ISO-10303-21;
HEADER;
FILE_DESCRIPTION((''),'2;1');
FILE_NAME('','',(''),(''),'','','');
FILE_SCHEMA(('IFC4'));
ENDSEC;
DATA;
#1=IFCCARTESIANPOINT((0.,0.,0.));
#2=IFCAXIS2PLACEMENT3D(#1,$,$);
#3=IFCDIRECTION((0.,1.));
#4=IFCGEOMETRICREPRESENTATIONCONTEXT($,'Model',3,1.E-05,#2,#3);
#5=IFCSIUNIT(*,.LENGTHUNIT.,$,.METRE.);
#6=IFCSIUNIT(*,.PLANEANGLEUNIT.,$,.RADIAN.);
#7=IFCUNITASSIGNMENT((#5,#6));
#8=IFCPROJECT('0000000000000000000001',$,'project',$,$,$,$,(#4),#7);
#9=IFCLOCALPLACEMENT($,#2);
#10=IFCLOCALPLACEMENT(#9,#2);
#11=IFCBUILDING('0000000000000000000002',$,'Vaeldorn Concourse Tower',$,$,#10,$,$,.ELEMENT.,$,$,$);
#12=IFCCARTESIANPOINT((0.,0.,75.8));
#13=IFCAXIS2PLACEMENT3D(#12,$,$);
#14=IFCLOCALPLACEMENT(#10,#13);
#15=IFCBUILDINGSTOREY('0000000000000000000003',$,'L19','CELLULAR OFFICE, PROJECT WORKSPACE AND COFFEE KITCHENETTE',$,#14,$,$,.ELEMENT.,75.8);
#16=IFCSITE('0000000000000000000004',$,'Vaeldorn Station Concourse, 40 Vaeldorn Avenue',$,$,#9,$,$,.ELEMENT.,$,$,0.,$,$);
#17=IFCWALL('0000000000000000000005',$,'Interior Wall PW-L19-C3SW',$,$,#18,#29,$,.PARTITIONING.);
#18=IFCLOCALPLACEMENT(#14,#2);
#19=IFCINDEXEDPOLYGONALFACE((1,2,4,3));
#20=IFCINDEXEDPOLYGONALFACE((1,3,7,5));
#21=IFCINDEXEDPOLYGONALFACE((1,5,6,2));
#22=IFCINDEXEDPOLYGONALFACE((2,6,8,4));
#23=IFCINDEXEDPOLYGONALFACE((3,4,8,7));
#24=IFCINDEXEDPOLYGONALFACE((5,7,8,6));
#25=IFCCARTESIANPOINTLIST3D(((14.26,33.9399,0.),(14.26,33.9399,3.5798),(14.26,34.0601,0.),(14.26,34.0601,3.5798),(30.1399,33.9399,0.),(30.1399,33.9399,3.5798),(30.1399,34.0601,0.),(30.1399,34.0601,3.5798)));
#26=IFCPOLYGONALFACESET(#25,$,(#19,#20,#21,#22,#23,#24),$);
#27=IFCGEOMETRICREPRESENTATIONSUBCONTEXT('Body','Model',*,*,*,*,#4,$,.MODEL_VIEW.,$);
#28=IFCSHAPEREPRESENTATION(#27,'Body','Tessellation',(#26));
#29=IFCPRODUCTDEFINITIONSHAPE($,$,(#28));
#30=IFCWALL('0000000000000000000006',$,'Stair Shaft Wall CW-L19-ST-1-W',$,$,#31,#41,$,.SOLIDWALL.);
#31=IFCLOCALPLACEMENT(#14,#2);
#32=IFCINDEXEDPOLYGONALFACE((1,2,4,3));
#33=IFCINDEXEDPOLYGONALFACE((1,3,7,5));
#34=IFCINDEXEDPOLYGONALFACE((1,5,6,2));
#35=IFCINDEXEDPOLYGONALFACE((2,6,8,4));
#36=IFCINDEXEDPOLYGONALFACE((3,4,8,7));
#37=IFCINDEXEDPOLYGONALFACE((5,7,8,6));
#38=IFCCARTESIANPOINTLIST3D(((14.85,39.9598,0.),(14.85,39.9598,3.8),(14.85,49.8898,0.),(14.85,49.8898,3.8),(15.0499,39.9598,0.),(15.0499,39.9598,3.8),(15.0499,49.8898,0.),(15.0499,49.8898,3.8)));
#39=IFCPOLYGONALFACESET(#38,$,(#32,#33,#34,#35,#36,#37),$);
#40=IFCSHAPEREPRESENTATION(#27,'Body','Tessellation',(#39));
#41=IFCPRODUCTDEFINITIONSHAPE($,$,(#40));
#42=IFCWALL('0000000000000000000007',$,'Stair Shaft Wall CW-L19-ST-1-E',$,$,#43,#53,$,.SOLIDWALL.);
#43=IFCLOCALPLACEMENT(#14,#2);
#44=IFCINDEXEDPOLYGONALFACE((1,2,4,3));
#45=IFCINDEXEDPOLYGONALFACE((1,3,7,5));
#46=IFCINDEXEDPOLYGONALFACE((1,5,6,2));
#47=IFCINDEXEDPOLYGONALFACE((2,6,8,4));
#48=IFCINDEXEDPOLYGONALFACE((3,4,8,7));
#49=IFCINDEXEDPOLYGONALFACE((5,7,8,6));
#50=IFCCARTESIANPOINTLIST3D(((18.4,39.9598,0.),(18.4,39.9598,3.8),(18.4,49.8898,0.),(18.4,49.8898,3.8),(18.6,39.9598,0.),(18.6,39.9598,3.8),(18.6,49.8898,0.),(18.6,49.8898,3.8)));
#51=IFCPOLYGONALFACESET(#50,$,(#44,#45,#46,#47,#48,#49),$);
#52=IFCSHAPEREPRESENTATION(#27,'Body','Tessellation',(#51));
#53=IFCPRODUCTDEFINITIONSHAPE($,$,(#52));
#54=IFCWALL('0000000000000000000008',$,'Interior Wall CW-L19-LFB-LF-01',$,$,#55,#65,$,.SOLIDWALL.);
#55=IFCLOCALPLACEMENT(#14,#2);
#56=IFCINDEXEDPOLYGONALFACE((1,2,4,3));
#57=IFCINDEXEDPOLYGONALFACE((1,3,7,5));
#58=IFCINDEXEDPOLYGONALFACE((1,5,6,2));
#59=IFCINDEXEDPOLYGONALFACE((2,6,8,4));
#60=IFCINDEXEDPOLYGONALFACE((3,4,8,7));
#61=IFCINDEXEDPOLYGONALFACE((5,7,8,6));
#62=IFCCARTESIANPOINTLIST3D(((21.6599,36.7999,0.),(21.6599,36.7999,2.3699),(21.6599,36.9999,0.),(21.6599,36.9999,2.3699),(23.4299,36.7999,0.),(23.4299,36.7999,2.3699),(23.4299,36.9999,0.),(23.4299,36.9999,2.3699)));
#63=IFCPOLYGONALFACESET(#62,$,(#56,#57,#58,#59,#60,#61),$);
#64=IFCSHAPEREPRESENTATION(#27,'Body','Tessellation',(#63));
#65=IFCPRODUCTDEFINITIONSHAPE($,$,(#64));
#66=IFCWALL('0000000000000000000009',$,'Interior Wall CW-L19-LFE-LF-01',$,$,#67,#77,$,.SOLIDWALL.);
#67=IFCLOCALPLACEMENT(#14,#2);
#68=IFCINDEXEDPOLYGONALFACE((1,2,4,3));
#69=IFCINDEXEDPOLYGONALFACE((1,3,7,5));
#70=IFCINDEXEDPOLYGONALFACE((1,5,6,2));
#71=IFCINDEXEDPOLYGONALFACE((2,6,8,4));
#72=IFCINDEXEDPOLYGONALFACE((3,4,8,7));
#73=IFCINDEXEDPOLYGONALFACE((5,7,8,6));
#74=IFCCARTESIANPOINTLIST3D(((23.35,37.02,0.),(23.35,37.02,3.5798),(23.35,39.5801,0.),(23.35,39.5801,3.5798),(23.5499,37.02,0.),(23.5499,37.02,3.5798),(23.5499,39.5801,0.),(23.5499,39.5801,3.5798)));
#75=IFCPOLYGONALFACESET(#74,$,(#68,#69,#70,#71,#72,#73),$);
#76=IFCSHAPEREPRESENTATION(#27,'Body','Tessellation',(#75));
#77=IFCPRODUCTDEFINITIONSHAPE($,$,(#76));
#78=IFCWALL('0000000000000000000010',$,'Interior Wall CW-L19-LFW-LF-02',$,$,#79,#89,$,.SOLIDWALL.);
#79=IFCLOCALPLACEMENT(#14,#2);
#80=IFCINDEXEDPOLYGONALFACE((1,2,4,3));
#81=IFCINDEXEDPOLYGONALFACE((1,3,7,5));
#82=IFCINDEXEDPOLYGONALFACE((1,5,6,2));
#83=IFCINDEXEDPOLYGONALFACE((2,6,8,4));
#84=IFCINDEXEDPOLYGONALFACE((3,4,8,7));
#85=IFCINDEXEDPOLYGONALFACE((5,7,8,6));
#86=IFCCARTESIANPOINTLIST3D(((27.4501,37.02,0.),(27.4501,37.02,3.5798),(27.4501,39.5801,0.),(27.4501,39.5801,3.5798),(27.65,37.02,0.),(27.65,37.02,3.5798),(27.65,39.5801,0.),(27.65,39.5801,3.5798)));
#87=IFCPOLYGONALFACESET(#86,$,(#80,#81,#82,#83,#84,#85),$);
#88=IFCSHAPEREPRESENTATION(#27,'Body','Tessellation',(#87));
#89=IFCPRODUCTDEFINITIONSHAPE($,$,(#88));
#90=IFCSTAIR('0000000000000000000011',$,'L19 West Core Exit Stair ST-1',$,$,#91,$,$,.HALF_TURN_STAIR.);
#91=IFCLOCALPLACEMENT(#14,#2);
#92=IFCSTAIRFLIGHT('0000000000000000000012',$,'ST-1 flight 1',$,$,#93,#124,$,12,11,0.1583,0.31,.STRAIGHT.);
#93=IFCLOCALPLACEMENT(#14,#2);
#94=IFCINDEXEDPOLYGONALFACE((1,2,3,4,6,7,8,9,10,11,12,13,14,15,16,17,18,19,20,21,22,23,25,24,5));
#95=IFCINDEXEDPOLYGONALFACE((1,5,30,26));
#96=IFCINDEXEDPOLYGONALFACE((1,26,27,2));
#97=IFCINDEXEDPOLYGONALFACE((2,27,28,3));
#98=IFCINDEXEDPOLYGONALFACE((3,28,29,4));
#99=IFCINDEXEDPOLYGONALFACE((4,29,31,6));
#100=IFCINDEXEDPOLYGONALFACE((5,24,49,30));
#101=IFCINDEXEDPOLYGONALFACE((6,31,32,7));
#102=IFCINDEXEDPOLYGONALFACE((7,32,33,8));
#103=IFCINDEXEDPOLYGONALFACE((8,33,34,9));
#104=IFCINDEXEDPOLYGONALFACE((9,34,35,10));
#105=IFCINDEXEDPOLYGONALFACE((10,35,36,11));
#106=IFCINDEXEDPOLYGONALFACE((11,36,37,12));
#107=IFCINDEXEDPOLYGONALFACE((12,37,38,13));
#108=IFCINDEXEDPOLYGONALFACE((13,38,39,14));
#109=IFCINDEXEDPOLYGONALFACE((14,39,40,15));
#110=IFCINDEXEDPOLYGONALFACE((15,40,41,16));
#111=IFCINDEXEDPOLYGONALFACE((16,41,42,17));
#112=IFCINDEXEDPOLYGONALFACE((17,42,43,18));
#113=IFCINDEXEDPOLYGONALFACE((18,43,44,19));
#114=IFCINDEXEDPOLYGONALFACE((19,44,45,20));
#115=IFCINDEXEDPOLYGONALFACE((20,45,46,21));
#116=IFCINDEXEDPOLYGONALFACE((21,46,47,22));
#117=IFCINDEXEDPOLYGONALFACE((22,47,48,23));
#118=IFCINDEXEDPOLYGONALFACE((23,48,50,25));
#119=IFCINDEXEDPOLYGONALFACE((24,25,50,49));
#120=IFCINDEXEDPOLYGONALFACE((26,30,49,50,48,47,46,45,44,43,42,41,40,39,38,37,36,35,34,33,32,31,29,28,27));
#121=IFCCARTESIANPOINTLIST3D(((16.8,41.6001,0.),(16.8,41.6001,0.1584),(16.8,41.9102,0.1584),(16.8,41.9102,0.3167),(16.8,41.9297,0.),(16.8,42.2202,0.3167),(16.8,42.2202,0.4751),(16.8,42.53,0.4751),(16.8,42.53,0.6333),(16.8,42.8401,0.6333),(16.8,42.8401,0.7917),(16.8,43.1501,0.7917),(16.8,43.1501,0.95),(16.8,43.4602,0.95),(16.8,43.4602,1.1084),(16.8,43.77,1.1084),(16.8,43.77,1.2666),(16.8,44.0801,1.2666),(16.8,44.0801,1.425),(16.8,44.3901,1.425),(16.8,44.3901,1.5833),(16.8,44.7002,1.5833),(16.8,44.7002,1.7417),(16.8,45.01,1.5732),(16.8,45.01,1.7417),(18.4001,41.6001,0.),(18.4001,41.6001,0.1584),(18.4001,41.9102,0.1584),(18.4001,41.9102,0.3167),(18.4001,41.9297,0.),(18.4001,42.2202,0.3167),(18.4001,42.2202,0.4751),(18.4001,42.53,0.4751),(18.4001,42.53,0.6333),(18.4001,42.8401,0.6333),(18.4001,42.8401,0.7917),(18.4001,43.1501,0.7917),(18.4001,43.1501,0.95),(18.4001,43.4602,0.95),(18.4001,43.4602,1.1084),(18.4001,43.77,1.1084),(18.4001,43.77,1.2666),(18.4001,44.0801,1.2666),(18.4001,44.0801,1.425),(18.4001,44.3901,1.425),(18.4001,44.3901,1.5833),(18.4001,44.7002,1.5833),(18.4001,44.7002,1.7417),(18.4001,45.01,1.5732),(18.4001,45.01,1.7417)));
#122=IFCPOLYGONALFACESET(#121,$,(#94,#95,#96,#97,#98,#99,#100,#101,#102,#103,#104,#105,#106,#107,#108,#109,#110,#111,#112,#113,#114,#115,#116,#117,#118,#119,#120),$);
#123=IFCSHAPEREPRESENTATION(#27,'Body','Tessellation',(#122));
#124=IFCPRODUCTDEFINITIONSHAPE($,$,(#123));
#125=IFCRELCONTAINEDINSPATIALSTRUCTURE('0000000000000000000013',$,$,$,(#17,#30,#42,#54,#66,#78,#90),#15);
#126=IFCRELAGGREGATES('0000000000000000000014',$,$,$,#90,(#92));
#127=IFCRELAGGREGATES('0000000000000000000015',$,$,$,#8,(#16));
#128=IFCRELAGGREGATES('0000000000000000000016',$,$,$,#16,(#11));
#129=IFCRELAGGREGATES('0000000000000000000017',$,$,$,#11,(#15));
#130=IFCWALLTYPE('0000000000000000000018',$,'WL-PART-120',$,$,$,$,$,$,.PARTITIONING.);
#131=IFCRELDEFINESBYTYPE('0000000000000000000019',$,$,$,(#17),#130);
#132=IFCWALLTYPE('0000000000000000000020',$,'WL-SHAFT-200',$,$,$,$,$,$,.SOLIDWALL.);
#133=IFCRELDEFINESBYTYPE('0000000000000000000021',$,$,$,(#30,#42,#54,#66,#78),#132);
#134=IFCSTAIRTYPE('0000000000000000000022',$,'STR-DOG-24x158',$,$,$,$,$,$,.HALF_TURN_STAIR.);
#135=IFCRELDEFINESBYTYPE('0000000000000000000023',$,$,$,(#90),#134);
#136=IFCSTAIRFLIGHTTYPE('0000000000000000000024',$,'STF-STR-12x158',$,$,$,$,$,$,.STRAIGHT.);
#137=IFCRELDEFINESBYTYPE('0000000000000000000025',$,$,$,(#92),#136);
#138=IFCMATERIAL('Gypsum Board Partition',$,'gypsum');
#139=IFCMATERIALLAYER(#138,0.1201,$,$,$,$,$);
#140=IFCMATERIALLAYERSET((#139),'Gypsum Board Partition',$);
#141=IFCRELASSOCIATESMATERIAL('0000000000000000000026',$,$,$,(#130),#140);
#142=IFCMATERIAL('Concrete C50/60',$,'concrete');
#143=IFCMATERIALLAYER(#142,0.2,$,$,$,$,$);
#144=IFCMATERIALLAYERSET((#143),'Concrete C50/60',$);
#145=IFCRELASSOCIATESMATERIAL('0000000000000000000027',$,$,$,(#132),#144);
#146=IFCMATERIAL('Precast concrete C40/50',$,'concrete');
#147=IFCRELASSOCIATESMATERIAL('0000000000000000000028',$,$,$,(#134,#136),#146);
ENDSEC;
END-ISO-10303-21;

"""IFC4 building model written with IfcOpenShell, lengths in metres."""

from ifc_helpers import new_model, si_unit, direction, frame, frame_2d, origin, place, context, subcontext, project, spatial, polyline, rectangle, outline, extrude, material, layer, layer_set, type_object, element, aggregate, save


model = new_model("IFC4")

# Units and contexts
model_context = context("Model", 3, precision=1e-05, world=origin(), true_north=direction((0.0, 1.0)))
body_context = subcontext(model_context, "Body", "Model", "MODEL_VIEW")
ifc_project = project(units=[si_unit("LENGTHUNIT", "METRE"), si_unit("PLANEANGLEUNIT", "RADIAN")], contexts=[model_context])

# Site, building, storey
site_placement = place(None, origin())
site = spatial("IfcSite", under=ifc_project, at=site_placement, Name="Vaeldorn Station Concourse, 40 Vaeldorn Avenue", CompositionType="ELEMENT", RefElevation=0.0)
building_placement = place(site_placement, origin())
building = spatial("IfcBuilding", under=site, at=building_placement, Name="Vaeldorn Concourse Tower", CompositionType="ELEMENT")
storey_placement = place(building_placement, frame((0.0, 0.0, 75.8)))
storey = spatial("IfcBuildingStorey", under=building, at=storey_placement, Name="L19", Description="CELLULAR OFFICE, PROJECT WORKSPACE AND COFFEE KITCHENETTE", CompositionType="ELEMENT", Elevation=75.8)

# Wall
ifc_material_1 = material(Name="Gypsum Board Partition", Category="gypsum")
ifc_layer_1 = layer(ifc_material_1, 0.1201)
ifc_layer_set_1 = layer_set([ifc_layer_1], Name="Gypsum Board Partition")
wall_type_1 = type_object("IfcWallType", Name="WL-PART-120", PredefinedType="PARTITIONING", material=ifc_layer_set_1)
wall_1_placement = place(storey_placement, frame((14.26, 34.0, 0.0), z_axis=(0.0, 0.0, 1.0), x_axis=(1.0, 0.0, 0.0)))
element("IfcWall", 1, at=wall_1_placement, inside=storey, type_object=wall_type_1, Name="Interior Wall PW-L19-C3SW", PredefinedType="PARTITIONING", context=body_context, shape_type="SweptSolid", body=[
    extrude(rectangle(XDim=15.8799, YDim=0.1201, at=frame_2d((7.9399, 0.0))), origin(), (0.0, 0.0, 1.0), 3.5798),
])

# Shared definitions
ifc_material_2 = material(Name="Concrete C50/60", Category="concrete")
ifc_layer_2 = layer(ifc_material_2, 0.2)
ifc_layer_set_2 = layer_set([ifc_layer_2], Name="Concrete C50/60")
wall_type_2 = type_object("IfcWallType", Name="WL-SHAFT-200", PredefinedType="SOLIDWALL", material=ifc_layer_set_2)

# Walls
for number, where, z_axis, x_axis, name in (
    (2, (14.95, 39.96, 0.0), (0.0, 0.0, 1.0), (0.0, 1.0, 0.0), "Stair Shaft Wall CW-L19-ST-1-W"),
    (3, (18.5, 39.96, 0.0), (0.0, 0.0, 1.0), (0.0, 1.0, 0.0), "Stair Shaft Wall CW-L19-ST-1-E"),
):
    element("IfcWall", number, at=place(storey_placement, frame(where, z_axis=z_axis, x_axis=x_axis)), inside=storey, type_object=wall_type_2, Name=name, PredefinedType="SOLIDWALL", context=body_context, shape_type="SweptSolid", body=[
        extrude(rectangle(XDim=9.9299, YDim=0.2, at=frame_2d((4.9648, 0.0))), origin(), (0.0, 0.0, 1.0), 3.8),
    ])

# Walls
wall_2_placement = place(storey_placement, frame((21.6599, 36.8999, 0.0), z_axis=(0.0, 0.0, 1.0), x_axis=(1.0, 0.0, 0.0)))
element("IfcWall", 4, at=wall_2_placement, inside=storey, type_object=wall_type_2, Name="Interior Wall CW-L19-LFB-LF-01", PredefinedType="SOLIDWALL", context=body_context, shape_type="SweptSolid", body=[
    extrude(rectangle(XDim=1.77, YDim=0.2, at=frame_2d((0.885, 0.0))), origin(), (0.0, 0.0, 1.0), 2.3699),
])
wall_3_placement = place(storey_placement, frame((23.45, 37.02, 0.0), z_axis=(0.0, 0.0, 1.0), x_axis=(0.0, 1.0, 0.0)))
element("IfcWall", 5, at=wall_3_placement, inside=storey, type_object=wall_type_2, Name="Interior Wall CW-L19-LFE-LF-01", PredefinedType="SOLIDWALL", context=body_context, shape_type="SweptSolid", body=[
    extrude(rectangle(XDim=2.5601, YDim=0.2, at=frame_2d((1.28, 0.0))), origin(), (0.0, 0.0, 1.0), 3.5798),
])

# Wall
wall_4_placement = place(storey_placement, frame((27.55, 37.02, 0.0), z_axis=(0.0, 0.0, 1.0), x_axis=(0.0, 1.0, 0.0)))
element("IfcWall", 6, at=wall_4_placement, inside=storey, type_object=wall_type_2, Name="Interior Wall CW-L19-LFW-LF-02", PredefinedType="SOLIDWALL", context=body_context, shape_type="SweptSolid", body=[
    extrude(rectangle(XDim=2.5601, YDim=0.2, at=frame_2d((1.28, 0.0))), origin(), (0.0, 0.0, 1.0), 3.5798),
])

# Stair, stair flight
ifc_material_3 = material(Name="Precast concrete C40/50", Category="concrete")
stair_type = type_object("IfcStairType", Name="STR-DOG-24x158", PredefinedType="HALF_TURN_STAIR", material=ifc_material_3)
stair_placement = place(storey_placement, origin())
stair = element("IfcStair", 7, at=stair_placement, inside=storey, type_object=stair_type, Name="L19 West Core Exit Stair ST-1", PredefinedType="HALF_TURN_STAIR")
stair_flight_type = type_object("IfcStairFlightType", Name="STF-STR-12x158", PredefinedType="STRAIGHT", material=ifc_material_3)
stair_flight_placement = place(storey_placement, frame((17.6001, 41.6001, 0.0), z_axis=(0.0, 0.0, 1.0), x_axis=(0.0, 1.0, 0.0)))
stair_flight = element("IfcStairFlight", 8, at=stair_flight_placement, type_object=stair_flight_type, Name="ST-1 flight 1", NumberOfRisers=12, NumberOfTreads=11, PredefinedType="STRAIGHT", RiserHeight=0.1583, TreadLength=0.31, context=body_context, shape_type="SweptSolid", body=[
    extrude(outline(polyline([(0.0, 0.0), (0.0, 0.1584), (0.3101, 0.1584), (0.3101, 0.3167), (0.6201, 0.3167), (0.6201, 0.4751), (0.9299, 0.4751), (0.9299, 0.6333), (1.24, 0.6333), (1.24, 0.7917), (1.55, 0.7917), (1.55, 0.95), (1.8601, 0.95), (1.8601, 1.1084), (2.1699, 1.1084), (2.1699, 1.2666), (2.48, 1.2666), (2.48, 1.425), (2.79, 1.425), (2.79, 1.5833), (3.1001, 1.5833), (3.1001, 1.7417), (3.4099, 1.7417), (3.4099, 1.8999), (3.4099, 1.5732), (0.3296, 0.0), (0.0, 0.0)])), frame((0.0, 0.8, 0.0), z_axis=(0.0, -1.0, 0.0), x_axis=(1.0, 0.0, 0.0)), (0.0, 0.0, 1.0), 1.6001),
])
aggregate(stair, [stair_flight])

save(model, "model.ifc")
